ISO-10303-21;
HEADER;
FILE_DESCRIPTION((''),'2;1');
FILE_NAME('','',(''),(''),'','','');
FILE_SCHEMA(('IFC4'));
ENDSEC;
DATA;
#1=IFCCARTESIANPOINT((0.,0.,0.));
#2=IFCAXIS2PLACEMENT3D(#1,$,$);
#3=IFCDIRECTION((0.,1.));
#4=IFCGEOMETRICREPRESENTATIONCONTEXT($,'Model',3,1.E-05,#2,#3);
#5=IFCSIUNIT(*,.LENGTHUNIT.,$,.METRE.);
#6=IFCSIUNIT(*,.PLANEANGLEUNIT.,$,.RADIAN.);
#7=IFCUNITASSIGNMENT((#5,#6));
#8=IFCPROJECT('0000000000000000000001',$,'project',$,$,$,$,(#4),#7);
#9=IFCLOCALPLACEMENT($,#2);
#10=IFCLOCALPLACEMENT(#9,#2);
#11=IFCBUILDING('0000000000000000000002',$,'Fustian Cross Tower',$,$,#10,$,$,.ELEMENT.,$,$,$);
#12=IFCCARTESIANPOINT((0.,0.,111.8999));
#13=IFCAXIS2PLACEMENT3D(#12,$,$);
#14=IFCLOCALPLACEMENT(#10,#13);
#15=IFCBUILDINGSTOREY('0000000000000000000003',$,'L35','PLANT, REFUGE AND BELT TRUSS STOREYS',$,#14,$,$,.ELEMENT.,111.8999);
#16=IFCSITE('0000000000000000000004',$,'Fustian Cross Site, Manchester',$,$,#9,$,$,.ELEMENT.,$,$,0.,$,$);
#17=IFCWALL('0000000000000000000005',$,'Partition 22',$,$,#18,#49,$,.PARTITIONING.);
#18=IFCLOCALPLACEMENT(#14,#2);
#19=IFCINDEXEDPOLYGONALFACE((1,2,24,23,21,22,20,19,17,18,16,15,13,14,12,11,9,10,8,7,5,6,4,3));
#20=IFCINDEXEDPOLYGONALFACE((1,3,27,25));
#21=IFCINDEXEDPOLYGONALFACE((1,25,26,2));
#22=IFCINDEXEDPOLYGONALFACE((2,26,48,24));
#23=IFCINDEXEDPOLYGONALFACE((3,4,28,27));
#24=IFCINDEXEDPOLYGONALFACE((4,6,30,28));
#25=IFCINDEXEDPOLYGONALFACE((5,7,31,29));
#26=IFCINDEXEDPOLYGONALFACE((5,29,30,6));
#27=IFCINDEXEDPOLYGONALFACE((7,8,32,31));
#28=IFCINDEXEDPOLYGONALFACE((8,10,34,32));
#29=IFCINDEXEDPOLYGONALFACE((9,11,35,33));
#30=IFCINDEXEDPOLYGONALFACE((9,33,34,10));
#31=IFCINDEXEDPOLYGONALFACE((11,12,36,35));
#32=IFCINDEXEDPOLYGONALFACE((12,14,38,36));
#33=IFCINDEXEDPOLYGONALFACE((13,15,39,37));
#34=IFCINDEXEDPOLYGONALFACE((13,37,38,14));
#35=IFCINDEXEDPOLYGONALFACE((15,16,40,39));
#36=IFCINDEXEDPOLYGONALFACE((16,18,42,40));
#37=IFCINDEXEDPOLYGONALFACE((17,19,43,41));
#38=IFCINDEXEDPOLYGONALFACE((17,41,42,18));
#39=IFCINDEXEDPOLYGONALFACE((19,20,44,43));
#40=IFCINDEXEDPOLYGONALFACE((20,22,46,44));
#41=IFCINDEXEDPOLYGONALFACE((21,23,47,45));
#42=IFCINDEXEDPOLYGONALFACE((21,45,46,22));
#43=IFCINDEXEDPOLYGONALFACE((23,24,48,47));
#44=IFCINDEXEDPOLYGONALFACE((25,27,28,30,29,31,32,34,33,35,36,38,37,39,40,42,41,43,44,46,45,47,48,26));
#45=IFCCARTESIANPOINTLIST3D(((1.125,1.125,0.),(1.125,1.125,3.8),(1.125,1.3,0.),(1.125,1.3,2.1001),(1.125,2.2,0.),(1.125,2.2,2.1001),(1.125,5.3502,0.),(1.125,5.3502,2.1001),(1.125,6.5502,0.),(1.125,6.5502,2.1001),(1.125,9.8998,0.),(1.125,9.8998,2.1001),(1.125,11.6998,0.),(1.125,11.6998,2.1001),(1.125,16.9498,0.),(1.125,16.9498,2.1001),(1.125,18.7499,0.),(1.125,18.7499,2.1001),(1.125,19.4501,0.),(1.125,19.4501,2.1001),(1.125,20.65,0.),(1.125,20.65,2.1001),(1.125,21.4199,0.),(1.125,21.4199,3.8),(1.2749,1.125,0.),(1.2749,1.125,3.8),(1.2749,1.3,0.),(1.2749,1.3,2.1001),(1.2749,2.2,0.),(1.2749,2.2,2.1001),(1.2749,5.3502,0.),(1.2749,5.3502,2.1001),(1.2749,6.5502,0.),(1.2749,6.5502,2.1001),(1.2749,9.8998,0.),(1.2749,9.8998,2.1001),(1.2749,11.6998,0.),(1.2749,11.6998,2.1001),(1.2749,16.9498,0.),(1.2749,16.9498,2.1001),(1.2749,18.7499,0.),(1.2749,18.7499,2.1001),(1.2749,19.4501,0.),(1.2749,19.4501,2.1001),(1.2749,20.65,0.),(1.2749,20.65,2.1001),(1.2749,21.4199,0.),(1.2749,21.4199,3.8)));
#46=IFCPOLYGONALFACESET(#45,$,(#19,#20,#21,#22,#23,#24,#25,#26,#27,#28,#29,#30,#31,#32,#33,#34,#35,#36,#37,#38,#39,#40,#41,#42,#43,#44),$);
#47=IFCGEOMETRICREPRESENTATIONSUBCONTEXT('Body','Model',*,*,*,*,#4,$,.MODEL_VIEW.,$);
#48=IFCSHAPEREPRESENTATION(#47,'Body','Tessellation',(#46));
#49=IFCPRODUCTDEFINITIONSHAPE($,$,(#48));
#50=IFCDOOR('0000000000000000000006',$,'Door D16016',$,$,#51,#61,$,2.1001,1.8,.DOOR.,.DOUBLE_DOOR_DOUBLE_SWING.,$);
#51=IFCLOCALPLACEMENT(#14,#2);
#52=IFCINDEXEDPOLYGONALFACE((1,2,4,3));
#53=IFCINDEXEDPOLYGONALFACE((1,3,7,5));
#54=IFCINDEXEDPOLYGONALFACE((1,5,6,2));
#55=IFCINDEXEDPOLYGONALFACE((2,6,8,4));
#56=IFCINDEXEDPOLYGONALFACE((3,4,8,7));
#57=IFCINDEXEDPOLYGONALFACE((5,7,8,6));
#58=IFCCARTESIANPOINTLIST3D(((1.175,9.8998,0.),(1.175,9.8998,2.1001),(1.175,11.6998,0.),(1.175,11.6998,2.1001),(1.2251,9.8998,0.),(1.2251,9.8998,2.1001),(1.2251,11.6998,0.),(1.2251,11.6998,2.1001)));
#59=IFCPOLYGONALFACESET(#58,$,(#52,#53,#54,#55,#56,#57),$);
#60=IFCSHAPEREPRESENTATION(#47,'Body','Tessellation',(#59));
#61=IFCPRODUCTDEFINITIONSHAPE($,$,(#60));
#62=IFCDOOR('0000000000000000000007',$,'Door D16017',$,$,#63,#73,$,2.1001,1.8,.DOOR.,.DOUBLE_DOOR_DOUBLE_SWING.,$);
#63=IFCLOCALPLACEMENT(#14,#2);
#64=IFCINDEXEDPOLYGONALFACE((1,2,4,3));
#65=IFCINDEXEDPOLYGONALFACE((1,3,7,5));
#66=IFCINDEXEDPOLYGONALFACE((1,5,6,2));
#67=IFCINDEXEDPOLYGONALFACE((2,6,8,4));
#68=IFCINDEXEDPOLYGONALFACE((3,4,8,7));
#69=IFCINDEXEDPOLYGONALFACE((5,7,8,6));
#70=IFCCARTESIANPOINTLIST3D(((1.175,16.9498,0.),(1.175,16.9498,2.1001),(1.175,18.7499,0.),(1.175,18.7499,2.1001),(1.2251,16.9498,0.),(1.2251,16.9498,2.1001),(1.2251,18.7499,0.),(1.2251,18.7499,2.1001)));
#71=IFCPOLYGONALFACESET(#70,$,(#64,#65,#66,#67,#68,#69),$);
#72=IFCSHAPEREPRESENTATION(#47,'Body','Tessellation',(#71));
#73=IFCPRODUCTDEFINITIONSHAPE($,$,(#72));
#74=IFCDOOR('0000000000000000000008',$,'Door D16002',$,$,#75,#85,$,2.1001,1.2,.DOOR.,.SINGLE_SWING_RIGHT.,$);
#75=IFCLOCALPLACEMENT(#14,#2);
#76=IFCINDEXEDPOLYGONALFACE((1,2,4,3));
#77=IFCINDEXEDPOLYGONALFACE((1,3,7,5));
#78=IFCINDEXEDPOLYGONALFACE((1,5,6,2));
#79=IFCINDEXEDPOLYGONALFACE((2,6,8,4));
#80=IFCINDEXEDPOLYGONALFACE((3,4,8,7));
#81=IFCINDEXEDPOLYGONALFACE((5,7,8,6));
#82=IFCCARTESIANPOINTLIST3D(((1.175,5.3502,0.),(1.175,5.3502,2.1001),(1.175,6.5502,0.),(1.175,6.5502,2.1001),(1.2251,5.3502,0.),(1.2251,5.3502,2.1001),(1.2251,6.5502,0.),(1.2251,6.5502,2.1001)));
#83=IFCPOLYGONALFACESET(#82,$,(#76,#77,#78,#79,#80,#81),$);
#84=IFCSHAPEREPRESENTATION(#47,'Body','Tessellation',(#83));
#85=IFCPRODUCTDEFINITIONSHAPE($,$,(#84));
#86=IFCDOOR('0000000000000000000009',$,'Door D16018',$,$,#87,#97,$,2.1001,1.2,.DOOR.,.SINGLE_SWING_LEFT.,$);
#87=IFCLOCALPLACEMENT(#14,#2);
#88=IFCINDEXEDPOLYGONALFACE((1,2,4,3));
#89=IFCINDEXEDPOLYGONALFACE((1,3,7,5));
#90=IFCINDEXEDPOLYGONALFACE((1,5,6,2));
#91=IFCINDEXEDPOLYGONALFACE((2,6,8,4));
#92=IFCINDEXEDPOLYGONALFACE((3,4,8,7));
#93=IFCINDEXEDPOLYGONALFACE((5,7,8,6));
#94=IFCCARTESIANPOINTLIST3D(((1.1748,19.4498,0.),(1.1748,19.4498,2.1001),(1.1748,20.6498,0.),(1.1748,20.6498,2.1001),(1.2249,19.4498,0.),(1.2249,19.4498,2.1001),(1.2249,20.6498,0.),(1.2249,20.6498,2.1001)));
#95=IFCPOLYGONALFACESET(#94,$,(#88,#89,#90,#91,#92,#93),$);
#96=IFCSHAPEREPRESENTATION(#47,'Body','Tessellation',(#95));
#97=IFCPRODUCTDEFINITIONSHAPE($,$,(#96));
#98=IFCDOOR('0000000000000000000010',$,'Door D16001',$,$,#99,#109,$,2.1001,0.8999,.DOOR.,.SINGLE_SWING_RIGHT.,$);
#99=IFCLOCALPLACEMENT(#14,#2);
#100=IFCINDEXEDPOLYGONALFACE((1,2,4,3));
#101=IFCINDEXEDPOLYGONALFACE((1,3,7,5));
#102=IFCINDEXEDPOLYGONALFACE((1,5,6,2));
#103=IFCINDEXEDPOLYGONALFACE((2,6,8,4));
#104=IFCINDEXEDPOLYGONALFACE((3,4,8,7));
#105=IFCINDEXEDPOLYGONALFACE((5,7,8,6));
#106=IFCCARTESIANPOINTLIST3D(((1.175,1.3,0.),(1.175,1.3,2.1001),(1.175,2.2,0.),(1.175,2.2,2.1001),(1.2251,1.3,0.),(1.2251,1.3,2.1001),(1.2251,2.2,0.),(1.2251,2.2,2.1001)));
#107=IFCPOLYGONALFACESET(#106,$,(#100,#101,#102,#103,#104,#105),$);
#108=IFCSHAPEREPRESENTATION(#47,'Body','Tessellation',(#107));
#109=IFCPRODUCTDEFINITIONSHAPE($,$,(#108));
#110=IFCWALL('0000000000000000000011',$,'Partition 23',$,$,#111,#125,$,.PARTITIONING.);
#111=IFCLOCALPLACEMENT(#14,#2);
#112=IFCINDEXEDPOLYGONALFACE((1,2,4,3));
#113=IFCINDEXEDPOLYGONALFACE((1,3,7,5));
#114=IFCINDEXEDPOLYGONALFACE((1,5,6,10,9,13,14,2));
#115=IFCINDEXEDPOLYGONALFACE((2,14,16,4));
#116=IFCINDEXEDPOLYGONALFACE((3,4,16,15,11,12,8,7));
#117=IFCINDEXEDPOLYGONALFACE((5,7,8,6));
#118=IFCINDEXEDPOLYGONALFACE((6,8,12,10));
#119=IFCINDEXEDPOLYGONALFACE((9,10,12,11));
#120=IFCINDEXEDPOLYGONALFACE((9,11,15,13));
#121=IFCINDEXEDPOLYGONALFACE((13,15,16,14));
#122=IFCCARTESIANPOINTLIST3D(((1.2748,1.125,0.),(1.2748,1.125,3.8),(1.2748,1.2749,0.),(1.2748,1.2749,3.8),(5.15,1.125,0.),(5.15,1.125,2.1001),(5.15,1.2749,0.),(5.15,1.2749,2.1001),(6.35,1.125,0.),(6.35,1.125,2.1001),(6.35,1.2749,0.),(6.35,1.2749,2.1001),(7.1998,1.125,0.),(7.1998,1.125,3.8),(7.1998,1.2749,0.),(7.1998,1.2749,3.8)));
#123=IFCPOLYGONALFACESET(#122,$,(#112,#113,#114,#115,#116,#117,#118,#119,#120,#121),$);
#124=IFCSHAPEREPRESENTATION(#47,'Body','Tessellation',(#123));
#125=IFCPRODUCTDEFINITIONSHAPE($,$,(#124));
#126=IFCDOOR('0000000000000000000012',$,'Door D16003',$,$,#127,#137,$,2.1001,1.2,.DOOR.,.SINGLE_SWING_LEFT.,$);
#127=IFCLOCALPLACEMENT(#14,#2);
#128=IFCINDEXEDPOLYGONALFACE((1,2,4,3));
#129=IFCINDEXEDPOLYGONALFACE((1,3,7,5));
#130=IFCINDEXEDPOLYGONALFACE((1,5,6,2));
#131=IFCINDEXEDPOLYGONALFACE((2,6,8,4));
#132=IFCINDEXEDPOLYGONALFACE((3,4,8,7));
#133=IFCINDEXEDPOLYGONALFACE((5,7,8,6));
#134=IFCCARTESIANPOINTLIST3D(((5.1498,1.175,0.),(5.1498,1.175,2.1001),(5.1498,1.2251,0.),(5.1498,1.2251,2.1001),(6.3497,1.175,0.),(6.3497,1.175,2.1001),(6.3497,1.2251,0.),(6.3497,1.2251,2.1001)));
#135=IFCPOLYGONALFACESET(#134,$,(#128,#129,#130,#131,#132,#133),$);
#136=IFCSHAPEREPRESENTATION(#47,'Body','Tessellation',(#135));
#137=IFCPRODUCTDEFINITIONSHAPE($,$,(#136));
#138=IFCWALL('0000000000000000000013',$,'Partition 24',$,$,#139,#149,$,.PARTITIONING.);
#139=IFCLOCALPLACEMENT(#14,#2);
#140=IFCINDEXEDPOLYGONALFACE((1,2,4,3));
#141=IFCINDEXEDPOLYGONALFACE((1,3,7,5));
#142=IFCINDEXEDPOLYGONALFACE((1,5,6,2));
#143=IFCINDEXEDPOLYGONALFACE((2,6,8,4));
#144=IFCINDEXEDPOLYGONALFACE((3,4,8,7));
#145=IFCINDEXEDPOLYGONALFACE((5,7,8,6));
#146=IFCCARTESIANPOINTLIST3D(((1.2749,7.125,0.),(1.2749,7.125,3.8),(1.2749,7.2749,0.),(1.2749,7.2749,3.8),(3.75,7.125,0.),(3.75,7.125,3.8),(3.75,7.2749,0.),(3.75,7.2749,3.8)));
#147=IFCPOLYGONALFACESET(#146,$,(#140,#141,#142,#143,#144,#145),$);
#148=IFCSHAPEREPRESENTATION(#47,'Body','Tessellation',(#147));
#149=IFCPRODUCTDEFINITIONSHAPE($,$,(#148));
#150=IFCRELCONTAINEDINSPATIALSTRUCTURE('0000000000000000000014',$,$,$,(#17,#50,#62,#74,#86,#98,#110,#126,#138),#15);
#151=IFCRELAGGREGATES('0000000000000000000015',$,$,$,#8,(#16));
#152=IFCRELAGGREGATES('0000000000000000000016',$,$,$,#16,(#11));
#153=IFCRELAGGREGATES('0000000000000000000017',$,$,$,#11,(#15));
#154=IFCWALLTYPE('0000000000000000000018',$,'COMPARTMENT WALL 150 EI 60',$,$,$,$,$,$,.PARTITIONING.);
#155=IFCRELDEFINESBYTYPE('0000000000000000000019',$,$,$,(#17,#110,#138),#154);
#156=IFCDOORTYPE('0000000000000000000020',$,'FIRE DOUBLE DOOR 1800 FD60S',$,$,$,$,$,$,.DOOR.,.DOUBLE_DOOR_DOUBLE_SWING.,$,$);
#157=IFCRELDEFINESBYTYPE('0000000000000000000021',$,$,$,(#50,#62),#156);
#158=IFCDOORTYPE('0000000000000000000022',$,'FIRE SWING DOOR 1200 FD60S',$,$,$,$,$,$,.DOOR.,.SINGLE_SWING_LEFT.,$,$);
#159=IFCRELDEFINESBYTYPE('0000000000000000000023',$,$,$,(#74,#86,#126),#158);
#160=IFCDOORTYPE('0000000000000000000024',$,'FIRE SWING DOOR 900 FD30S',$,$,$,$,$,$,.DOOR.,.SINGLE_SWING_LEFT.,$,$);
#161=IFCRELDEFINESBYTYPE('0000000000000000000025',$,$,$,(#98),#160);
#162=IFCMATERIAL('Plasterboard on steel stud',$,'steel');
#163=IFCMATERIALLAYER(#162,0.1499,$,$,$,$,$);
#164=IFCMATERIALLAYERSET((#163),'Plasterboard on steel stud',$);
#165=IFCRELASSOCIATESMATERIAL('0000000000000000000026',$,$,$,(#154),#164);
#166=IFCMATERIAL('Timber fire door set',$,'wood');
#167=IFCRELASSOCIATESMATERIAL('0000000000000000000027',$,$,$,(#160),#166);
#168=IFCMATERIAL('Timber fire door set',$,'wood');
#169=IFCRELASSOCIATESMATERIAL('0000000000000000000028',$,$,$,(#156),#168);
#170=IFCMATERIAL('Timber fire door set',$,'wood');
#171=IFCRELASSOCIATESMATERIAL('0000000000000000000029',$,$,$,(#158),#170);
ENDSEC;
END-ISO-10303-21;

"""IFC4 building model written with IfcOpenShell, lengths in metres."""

from ifc_helpers import new_model, si_unit, direction, frame, frame_2d, origin, place, context, subcontext, project, spatial, rectangle, extrude, material, layer, layer_set, type_object, element, fill, save


model = new_model("IFC4")

# Units and contexts
model_context = context("Model", 3, precision=1e-05, world=origin(), true_north=direction((0.0, 1.0)))
body_context = subcontext(model_context, "Body", "Model", "MODEL_VIEW")
ifc_project = project(units=[si_unit("LENGTHUNIT", "METRE"), si_unit("PLANEANGLEUNIT", "RADIAN")], contexts=[model_context])

# Site, building, storey
site_placement = place(None, origin())
site = spatial("IfcSite", under=ifc_project, at=site_placement, Name="Fustian Cross Site, Manchester", CompositionType="ELEMENT", RefElevation=0.0)
building_placement = place(site_placement, origin())
building = spatial("IfcBuilding", under=site, at=building_placement, Name="Fustian Cross Tower", CompositionType="ELEMENT")
storey_placement = place(building_placement, frame((0.0, 0.0, 111.8999)))
storey = spatial("IfcBuildingStorey", under=building, at=storey_placement, Name="L35", Description="PLANT, REFUGE AND BELT TRUSS STOREYS", CompositionType="ELEMENT", Elevation=111.8999)

# Wall, openings, doors
ifc_material_1 = material(Name="Plasterboard on steel stud", Category="steel")
ifc_layer_1 = layer(ifc_material_1, 0.1499)
ifc_layer_set_1 = layer_set([ifc_layer_1], Name="Plasterboard on steel stud")
wall_type = type_object("IfcWallType", Name="COMPARTMENT WALL 150 EI 60", PredefinedType="PARTITIONING", material=ifc_layer_set_1)
ifc_material_2 = material(Name="Timber fire door set", Category="wood")
door_type_1 = type_object("IfcDoorType", Name="FIRE SWING DOOR 900 FD30S", OperationType="SINGLE_SWING_LEFT", PredefinedType="DOOR", material=ifc_material_2)
wall_1_placement = place(storey_placement, frame((1.2, 1.125, 0.0), z_axis=(0.0, 0.0, 1.0), x_axis=(0.0, 1.0, 0.0)))
wall_1 = element("IfcWall", 1, at=wall_1_placement, inside=storey, type_object=wall_type, Name="Partition 22", PredefinedType="PARTITIONING", context=body_context, shape_type="SweptSolid", body=[
    extrude(rectangle(XDim=20.2949, YDim=0.1499, at=frame_2d((10.1475, 0.0))), origin(), (0.0, 0.0, 1.0), 3.8),
])
opening_1_placement = place(wall_1_placement, frame((0.175, 0.0, 0.0)))
opening_1 = element("IfcOpeningElement", 2, at=opening_1_placement, cuts=wall_1, PredefinedType="OPENING", context=body_context, shape_type="SweptSolid", body=[
    extrude(rectangle(XDim=0.8999, YDim=2.1001, at=frame_2d((0.45, 1.05))), frame((0.0, 0.085, 0.0), z_axis=(0.0, -1.0, 0.0), x_axis=(1.0, 0.0, 0.0)), (0.0, 0.0, 1.0), 0.1699),
])
opening_2_placement = place(wall_1_placement, frame((4.2251, 0.0, 0.0)))
opening_2 = element("IfcOpeningElement", 3, at=opening_2_placement, cuts=wall_1, PredefinedType="OPENING", context=body_context, shape_type="SweptSolid", body=[
    extrude(rectangle(XDim=1.2, YDim=2.1001, at=frame_2d((0.6001, 1.05))), frame((0.0, 0.085, 0.0), z_axis=(0.0, -1.0, 0.0), x_axis=(1.0, 0.0, 0.0)), (0.0, 0.0, 1.0), 0.1699),
])
opening_3_placement = place(wall_1_placement, frame((8.7749, 0.0, 0.0)))
opening_3 = element("IfcOpeningElement", 4, at=opening_3_placement, cuts=wall_1, PredefinedType="OPENING", context=body_context, shape_type="SweptSolid", body=[
    extrude(rectangle(XDim=1.8, YDim=2.1001, at=frame_2d((0.8999, 1.05))), frame((0.0, 0.085, 0.0), z_axis=(0.0, -1.0, 0.0), x_axis=(1.0, 0.0, 0.0)), (0.0, 0.0, 1.0), 0.1699),
])
opening_4_placement = place(wall_1_placement, frame((15.825, 0.0, 0.0)))
opening_4 = element("IfcOpeningElement", 5, at=opening_4_placement, cuts=wall_1, PredefinedType="OPENING", context=body_context, shape_type="SweptSolid", body=[
    extrude(rectangle(XDim=1.8, YDim=2.1001, at=frame_2d((0.8999, 1.05))), frame((0.0, 0.085, 0.0), z_axis=(0.0, -1.0, 0.0), x_axis=(1.0, 0.0, 0.0)), (0.0, 0.0, 1.0), 0.1699),
])
opening_5_placement = place(wall_1_placement, frame((18.325, 0.0, 0.0)))
opening_5 = element("IfcOpeningElement", 6, at=opening_5_placement, cuts=wall_1, PredefinedType="OPENING", context=body_context, shape_type="SweptSolid", body=[
    extrude(rectangle(XDim=1.2, YDim=2.1001, at=frame_2d((0.6001, 1.05))), frame((0.0, 0.085, 0.0), z_axis=(0.0, -1.0, 0.0), x_axis=(1.0, 0.0, 0.0)), (0.0, 0.0, 1.0), 0.1699),
])
ifc_material_3 = material(Name="Timber fire door set", Category="wood")
door_type_2 = type_object("IfcDoorType", Name="FIRE DOUBLE DOOR 1800 FD60S", OperationType="DOUBLE_DOOR_DOUBLE_SWING", PredefinedType="DOOR", material=ifc_material_3)
door_1_placement = place(opening_3_placement, origin())
door_1 = element("IfcDoor", 7, at=door_1_placement, inside=storey, type_object=door_type_2, Name="Door D16016", OperationType="DOUBLE_DOOR_DOUBLE_SWING", OverallHeight=2.1001, OverallWidth=1.8, PredefinedType="DOOR", context=body_context, shape_type="SweptSolid", body=[
    extrude(rectangle(XDim=1.8, YDim=2.1001, at=frame_2d((0.8999, 1.05))), frame((0.0, 0.0249, 0.0), z_axis=(0.0, -1.0, 0.0), x_axis=(1.0, 0.0, 0.0)), (0.0, 0.0, 1.0), 0.05),
])
fill(opening_3, door_1)
door_2_placement = place(opening_4_placement, origin())
door_2 = element("IfcDoor", 8, at=door_2_placement, inside=storey, type_object=door_type_2, Name="Door D16017", OperationType="DOUBLE_DOOR_DOUBLE_SWING", OverallHeight=2.1001, OverallWidth=1.8, PredefinedType="DOOR", context=body_context, shape_type="SweptSolid", body=[
    extrude(rectangle(XDim=1.8, YDim=2.1001, at=frame_2d((0.8999, 1.05))), frame((0.0, 0.0249, 0.0), z_axis=(0.0, -1.0, 0.0), x_axis=(1.0, 0.0, 0.0)), (0.0, 0.0, 1.0), 0.05),
])
fill(opening_4, door_2)
ifc_material_4 = material(Name="Timber fire door set", Category="wood")
door_type_3 = type_object("IfcDoorType", Name="FIRE SWING DOOR 1200 FD60S", OperationType="SINGLE_SWING_LEFT", PredefinedType="DOOR", material=ifc_material_4)
door_3_placement = place(opening_2_placement, origin())
door_3 = element("IfcDoor", 9, at=door_3_placement, inside=storey, type_object=door_type_3, Name="Door D16002", OperationType="SINGLE_SWING_RIGHT", OverallHeight=2.1001, OverallWidth=1.2, PredefinedType="DOOR", context=body_context, shape_type="SweptSolid", body=[
    extrude(rectangle(XDim=1.2, YDim=2.1001, at=frame_2d((0.6001, 1.05))), frame((0.0, 0.0249, 0.0), z_axis=(0.0, -1.0, 0.0), x_axis=(1.0, 0.0, 0.0)), (0.0, 0.0, 1.0), 0.05),
])
fill(opening_2, door_3)
door_4_placement = place(opening_5_placement, frame((1.2, 0.0, 0.0), z_axis=(0.0, 0.0, 1.0), x_axis=(-1.0, 0.0, 0.0)))
door_4 = element("IfcDoor", 10, at=door_4_placement, inside=storey, type_object=door_type_3, Name="Door D16018", OperationType="SINGLE_SWING_LEFT", OverallHeight=2.1001, OverallWidth=1.2, PredefinedType="DOOR", context=body_context, shape_type="SweptSolid", body=[
    extrude(rectangle(XDim=1.2, YDim=2.1001, at=frame_2d((0.6001, 1.05))), frame((0.0, 0.0249, 0.0), z_axis=(0.0, -1.0, 0.0), x_axis=(1.0, 0.0, 0.0)), (0.0, 0.0, 1.0), 0.05),
])
fill(opening_5, door_4)
door_5_placement = place(opening_1_placement, origin())
door_5 = element("IfcDoor", 11, at=door_5_placement, inside=storey, type_object=door_type_1, Name="Door D16001", OperationType="SINGLE_SWING_RIGHT", OverallHeight=2.1001, OverallWidth=0.8999, PredefinedType="DOOR", context=body_context, shape_type="SweptSolid", body=[
    extrude(rectangle(XDim=0.8999, YDim=2.1001, at=frame_2d((0.45, 1.05))), frame((0.0, 0.0249, 0.0), z_axis=(0.0, -1.0, 0.0), x_axis=(1.0, 0.0, 0.0)), (0.0, 0.0, 1.0), 0.05),
])
fill(opening_1, door_5)

# Wall, opening, door
wall_2_placement = place(storey_placement, frame((1.2749, 1.2, 0.0), z_axis=(0.0, 0.0, 1.0), x_axis=(1.0, 0.0, 0.0)))
wall_2 = element("IfcWall", 12, at=wall_2_placement, inside=storey, type_object=wall_type, Name="Partition 23", PredefinedType="PARTITIONING", context=body_context, shape_type="SweptSolid", body=[
    extrude(rectangle(XDim=5.925, YDim=0.1499, at=frame_2d((2.9624, 0.0))), origin(), (0.0, 0.0, 1.0), 3.8),
])
opening_6_placement = place(wall_2_placement, frame((3.875, 0.0, 0.0)))
opening_6 = element("IfcOpeningElement", 13, at=opening_6_placement, cuts=wall_2, PredefinedType="OPENING", context=body_context, shape_type="SweptSolid", body=[
    extrude(rectangle(XDim=1.2, YDim=2.1001, at=frame_2d((0.6001, 1.05))), frame((0.0, 0.085, 0.0), z_axis=(0.0, -1.0, 0.0), x_axis=(1.0, 0.0, 0.0)), (0.0, 0.0, 1.0), 0.1699),
])
door_6_placement = place(opening_6_placement, frame((1.2, 0.0, 0.0), z_axis=(0.0, 0.0, 1.0), x_axis=(-1.0, 0.0, 0.0)))
door_6 = element("IfcDoor", 14, at=door_6_placement, inside=storey, type_object=door_type_3, Name="Door D16003", OperationType="SINGLE_SWING_LEFT", OverallHeight=2.1001, OverallWidth=1.2, PredefinedType="DOOR", context=body_context, shape_type="SweptSolid", body=[
    extrude(rectangle(XDim=1.2, YDim=2.1001, at=frame_2d((0.6001, 1.05))), frame((0.0, 0.0249, 0.0), z_axis=(0.0, -1.0, 0.0), x_axis=(1.0, 0.0, 0.0)), (0.0, 0.0, 1.0), 0.05),
])
fill(opening_6, door_6)

# Wall
wall_3_placement = place(storey_placement, frame((1.2749, 7.2, 0.0), z_axis=(0.0, 0.0, 1.0), x_axis=(1.0, 0.0, 0.0)))
element("IfcWall", 15, at=wall_3_placement, inside=storey, type_object=wall_type, Name="Partition 24", PredefinedType="PARTITIONING", context=body_context, shape_type="SweptSolid", body=[
    extrude(rectangle(XDim=2.4751, YDim=0.1499, at=frame_2d((1.2375, 0.0))), origin(), (0.0, 0.0, 1.0), 3.8),
])

save(model, "model.ifc")
